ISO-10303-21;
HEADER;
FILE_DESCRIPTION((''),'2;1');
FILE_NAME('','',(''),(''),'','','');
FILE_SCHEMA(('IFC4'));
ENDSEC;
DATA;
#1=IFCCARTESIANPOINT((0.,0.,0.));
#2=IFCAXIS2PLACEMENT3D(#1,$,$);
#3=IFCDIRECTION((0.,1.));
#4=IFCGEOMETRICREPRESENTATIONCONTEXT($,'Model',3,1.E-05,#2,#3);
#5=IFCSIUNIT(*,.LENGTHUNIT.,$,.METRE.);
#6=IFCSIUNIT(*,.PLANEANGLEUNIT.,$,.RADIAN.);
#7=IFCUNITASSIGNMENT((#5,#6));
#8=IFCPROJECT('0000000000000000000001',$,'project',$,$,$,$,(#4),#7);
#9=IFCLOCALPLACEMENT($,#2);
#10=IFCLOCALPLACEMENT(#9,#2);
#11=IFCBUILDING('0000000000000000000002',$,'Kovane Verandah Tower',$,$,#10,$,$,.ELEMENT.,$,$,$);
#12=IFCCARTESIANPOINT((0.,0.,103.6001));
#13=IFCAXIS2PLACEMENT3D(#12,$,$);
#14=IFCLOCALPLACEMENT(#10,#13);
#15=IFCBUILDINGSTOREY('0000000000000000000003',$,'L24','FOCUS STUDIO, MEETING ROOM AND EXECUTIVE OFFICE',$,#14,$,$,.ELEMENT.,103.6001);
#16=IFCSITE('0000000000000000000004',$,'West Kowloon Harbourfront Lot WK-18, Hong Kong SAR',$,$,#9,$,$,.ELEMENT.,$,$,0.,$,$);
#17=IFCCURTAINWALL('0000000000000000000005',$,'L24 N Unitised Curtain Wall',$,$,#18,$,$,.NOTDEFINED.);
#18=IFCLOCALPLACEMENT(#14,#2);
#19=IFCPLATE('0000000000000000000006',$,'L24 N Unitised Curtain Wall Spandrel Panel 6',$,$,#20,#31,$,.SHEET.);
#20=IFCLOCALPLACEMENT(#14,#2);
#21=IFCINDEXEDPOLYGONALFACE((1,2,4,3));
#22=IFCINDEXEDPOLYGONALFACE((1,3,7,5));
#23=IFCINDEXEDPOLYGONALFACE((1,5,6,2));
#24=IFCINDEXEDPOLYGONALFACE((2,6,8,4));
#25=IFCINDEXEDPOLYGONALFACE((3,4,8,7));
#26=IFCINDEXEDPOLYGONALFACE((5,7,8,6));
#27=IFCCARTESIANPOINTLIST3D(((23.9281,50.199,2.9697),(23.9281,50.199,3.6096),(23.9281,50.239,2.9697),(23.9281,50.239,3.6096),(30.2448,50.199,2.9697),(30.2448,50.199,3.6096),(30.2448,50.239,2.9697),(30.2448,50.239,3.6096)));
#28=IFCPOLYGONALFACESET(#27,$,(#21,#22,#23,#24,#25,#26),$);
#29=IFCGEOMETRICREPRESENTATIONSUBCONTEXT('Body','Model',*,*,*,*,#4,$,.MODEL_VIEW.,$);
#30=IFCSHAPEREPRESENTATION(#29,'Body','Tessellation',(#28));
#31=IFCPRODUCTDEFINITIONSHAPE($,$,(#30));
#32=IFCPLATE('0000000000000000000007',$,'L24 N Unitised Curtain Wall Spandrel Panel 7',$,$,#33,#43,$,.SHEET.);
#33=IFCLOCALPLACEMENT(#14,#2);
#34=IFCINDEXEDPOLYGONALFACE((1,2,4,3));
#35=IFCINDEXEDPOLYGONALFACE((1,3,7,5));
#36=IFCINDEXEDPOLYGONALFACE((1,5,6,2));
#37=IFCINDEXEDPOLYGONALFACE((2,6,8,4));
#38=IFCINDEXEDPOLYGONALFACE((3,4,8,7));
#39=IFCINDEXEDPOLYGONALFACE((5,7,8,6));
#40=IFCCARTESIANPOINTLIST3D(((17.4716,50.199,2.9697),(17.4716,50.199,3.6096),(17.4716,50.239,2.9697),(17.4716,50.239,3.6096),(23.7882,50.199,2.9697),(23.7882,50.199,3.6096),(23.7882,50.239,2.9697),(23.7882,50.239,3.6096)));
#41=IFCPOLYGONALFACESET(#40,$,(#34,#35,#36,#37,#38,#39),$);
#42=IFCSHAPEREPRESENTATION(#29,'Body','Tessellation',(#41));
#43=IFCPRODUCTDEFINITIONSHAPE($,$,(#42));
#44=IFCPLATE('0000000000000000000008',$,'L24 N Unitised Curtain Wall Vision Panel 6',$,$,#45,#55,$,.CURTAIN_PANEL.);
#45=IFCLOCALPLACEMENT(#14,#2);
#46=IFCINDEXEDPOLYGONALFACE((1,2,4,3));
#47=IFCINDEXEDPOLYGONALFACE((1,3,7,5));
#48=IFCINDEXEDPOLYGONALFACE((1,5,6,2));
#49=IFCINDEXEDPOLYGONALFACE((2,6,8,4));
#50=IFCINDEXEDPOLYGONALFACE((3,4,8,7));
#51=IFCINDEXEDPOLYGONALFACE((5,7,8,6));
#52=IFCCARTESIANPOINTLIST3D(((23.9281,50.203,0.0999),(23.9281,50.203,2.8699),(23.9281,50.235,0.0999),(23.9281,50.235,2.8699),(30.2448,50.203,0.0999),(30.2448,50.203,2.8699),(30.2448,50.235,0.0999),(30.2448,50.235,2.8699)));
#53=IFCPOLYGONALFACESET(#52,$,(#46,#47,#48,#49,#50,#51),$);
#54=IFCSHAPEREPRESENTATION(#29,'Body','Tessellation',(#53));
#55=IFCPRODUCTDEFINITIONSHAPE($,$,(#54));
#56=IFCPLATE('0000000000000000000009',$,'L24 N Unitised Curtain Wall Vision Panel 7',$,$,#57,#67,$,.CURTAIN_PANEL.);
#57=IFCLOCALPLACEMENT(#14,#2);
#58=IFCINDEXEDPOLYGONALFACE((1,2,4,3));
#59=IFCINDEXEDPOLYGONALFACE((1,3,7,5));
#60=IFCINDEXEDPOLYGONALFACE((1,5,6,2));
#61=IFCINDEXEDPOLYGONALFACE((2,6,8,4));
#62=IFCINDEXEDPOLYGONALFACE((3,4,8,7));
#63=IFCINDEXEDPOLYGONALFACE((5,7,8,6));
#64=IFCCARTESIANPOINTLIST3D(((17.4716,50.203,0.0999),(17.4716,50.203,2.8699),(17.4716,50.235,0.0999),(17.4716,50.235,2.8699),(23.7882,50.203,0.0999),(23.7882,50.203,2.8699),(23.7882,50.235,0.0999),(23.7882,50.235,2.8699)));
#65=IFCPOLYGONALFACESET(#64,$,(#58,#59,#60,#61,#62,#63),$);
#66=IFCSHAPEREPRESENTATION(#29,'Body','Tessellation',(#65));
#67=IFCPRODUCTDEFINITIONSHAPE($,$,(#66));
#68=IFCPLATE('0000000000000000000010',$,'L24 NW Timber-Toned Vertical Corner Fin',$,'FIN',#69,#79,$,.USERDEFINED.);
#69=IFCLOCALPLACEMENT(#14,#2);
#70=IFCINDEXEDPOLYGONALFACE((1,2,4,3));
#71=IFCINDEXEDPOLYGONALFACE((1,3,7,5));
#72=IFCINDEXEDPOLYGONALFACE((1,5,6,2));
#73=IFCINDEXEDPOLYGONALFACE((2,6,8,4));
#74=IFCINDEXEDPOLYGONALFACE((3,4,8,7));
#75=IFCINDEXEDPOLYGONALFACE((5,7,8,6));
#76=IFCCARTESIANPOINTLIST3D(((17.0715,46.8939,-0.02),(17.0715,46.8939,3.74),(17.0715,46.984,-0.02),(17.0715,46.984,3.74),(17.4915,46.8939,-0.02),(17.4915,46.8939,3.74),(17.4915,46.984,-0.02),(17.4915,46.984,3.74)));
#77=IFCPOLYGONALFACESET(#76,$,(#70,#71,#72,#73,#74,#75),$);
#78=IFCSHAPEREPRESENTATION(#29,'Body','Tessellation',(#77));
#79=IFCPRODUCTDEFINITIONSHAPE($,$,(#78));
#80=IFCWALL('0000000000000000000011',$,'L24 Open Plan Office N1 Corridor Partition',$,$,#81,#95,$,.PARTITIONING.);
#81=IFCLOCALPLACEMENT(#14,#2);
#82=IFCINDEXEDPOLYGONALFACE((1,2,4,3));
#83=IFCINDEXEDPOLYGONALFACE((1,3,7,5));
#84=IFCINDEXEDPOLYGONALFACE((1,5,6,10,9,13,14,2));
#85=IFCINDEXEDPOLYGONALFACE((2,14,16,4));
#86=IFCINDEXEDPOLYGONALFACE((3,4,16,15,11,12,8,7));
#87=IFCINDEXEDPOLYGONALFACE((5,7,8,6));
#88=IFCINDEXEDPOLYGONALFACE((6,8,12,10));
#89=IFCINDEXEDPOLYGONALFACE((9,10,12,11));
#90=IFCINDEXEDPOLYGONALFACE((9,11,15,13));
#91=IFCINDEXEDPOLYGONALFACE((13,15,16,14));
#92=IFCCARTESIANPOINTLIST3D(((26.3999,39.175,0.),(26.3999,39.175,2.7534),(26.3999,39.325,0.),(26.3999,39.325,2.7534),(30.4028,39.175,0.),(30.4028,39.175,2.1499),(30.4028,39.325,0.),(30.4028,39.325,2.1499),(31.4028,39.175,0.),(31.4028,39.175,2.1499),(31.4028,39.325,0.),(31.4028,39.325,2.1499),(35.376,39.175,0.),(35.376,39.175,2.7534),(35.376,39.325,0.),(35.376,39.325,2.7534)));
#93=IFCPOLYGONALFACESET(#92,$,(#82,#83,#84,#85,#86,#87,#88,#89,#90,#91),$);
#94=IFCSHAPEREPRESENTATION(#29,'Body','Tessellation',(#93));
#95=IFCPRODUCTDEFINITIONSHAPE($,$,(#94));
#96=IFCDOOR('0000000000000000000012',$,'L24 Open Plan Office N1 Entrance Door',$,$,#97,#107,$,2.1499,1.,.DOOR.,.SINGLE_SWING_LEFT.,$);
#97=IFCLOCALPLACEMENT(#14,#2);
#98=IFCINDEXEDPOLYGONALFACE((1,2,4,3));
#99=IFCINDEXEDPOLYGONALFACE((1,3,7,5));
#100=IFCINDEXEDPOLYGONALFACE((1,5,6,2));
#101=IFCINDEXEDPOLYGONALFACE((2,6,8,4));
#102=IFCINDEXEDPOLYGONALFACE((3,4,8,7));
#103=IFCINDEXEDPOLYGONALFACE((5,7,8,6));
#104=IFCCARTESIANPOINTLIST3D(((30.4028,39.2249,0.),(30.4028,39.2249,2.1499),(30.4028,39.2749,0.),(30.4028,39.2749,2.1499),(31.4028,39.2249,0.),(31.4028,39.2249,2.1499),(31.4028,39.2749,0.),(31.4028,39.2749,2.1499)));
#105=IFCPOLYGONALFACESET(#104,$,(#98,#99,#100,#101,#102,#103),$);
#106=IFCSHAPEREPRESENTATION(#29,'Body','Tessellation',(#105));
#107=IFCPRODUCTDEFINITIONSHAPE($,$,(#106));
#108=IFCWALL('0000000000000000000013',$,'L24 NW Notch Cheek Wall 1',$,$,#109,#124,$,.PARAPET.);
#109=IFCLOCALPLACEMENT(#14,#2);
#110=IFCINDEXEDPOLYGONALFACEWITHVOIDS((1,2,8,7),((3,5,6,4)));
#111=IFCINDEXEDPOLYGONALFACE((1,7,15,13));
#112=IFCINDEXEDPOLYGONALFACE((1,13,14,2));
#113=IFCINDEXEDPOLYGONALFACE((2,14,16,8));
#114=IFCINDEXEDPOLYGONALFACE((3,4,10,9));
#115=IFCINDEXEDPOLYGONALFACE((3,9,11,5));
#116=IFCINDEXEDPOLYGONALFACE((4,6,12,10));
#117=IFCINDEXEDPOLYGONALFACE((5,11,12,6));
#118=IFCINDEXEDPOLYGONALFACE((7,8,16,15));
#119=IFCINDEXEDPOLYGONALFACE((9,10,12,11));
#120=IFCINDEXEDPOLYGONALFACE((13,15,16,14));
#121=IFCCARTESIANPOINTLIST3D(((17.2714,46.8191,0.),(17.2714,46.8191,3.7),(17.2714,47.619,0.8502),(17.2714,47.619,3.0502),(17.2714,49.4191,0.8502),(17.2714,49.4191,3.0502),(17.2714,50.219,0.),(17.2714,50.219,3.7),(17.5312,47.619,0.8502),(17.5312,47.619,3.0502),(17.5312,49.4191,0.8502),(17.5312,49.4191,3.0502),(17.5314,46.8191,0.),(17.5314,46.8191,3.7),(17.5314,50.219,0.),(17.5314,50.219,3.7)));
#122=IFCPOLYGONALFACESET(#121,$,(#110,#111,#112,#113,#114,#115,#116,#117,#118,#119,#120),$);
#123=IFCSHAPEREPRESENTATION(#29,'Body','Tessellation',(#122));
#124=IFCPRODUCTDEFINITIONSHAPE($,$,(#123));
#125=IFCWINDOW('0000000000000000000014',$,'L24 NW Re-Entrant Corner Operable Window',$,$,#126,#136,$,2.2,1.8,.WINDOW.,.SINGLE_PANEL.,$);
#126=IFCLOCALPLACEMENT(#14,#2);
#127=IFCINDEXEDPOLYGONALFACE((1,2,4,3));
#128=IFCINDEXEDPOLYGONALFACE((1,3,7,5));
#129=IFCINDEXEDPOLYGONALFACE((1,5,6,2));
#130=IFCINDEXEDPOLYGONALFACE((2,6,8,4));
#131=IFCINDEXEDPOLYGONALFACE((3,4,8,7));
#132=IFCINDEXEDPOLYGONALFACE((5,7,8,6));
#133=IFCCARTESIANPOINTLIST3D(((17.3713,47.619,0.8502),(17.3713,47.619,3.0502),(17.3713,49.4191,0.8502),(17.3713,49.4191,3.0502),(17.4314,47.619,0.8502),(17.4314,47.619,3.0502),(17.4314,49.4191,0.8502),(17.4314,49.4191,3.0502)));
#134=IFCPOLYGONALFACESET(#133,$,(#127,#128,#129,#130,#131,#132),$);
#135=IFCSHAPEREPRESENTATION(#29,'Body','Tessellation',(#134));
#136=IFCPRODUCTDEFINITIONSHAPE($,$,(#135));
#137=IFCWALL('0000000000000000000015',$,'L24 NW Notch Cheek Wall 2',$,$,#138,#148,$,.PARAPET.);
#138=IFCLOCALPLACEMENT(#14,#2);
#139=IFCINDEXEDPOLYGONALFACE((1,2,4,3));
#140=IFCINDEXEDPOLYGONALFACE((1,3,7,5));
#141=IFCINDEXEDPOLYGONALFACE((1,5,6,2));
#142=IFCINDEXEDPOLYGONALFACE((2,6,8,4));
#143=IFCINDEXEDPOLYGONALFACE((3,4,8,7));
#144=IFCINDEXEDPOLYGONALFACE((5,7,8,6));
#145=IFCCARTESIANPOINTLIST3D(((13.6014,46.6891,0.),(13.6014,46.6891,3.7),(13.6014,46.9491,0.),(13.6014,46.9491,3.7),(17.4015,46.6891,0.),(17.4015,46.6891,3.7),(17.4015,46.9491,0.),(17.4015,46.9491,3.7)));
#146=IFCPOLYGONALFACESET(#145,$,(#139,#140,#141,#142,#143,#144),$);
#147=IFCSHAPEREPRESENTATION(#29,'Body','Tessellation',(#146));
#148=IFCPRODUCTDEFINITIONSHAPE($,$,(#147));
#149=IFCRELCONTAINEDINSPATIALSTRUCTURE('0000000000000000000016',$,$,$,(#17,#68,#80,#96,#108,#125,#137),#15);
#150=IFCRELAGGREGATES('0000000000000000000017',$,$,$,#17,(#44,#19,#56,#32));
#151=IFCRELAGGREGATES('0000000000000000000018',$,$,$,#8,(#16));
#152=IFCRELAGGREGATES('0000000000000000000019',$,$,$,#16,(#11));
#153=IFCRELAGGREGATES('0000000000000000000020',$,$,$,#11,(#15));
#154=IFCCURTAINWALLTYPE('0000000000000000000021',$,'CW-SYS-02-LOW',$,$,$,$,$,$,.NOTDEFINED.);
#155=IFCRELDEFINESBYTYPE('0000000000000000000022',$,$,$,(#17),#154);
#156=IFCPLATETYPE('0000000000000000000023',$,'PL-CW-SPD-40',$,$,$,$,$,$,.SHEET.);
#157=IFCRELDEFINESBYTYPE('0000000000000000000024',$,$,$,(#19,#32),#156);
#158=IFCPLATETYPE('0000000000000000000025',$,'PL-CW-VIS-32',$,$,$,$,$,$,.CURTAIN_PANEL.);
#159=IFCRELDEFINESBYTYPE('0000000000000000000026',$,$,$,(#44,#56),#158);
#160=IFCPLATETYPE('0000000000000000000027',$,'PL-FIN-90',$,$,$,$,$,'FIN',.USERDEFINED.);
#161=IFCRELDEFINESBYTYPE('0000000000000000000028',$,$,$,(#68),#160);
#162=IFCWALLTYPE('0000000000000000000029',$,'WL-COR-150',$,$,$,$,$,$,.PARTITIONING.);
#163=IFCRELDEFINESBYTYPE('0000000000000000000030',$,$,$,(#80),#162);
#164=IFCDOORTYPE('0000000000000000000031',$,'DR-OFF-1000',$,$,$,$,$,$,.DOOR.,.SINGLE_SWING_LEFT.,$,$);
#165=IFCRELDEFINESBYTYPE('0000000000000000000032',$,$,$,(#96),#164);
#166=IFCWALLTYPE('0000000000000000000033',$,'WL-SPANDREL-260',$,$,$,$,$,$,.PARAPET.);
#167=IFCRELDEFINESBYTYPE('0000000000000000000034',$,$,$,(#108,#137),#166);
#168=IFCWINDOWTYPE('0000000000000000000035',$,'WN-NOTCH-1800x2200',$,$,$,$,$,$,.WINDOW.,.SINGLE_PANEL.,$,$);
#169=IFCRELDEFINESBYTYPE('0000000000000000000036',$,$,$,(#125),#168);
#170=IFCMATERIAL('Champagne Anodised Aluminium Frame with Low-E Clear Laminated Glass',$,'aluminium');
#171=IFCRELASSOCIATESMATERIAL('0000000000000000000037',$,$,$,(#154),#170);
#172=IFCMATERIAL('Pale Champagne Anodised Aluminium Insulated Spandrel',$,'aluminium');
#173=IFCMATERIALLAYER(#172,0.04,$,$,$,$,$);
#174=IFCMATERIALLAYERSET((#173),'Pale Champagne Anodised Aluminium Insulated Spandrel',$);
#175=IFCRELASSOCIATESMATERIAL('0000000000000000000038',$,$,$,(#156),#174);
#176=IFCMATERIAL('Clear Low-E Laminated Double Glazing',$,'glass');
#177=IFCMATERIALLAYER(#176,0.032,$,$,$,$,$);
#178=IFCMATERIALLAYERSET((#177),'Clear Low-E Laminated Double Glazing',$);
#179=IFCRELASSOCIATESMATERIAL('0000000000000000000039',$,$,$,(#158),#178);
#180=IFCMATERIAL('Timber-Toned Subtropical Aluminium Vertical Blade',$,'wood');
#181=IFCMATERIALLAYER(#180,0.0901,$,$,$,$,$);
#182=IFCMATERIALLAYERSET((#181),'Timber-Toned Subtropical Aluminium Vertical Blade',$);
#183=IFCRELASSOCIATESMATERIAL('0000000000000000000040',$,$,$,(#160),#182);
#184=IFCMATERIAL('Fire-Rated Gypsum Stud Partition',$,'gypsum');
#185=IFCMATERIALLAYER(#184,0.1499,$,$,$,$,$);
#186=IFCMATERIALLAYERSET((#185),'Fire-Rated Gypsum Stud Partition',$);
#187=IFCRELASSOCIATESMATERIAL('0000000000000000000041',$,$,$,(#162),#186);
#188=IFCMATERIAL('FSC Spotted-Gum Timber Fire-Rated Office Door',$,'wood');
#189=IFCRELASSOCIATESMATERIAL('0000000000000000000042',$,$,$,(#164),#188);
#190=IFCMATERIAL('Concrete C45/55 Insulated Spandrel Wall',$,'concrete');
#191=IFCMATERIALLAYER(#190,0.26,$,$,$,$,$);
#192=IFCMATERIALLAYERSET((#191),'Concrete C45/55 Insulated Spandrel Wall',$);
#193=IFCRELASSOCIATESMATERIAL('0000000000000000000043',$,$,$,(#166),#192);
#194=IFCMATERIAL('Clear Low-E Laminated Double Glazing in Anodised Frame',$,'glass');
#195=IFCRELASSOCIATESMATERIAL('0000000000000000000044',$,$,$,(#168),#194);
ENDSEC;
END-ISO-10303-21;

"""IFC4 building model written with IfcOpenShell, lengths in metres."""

from ifc_helpers import new_model, si_unit, direction, frame, frame_2d, origin, origin_2d, place, context, subcontext, project, spatial, rectangle, extrude, material, layer, layer_set, type_object, element, fill, aggregate, save


model = new_model("IFC4")

# Units and contexts
model_context = context("Model", 3, precision=1e-05, world=origin(), true_north=direction((0.0, 1.0)))
body_context = subcontext(model_context, "Body", "Model", "MODEL_VIEW")
ifc_project = project(units=[si_unit("LENGTHUNIT", "METRE"), si_unit("PLANEANGLEUNIT", "RADIAN")], contexts=[model_context])

# Site, building, storey
site_placement = place(None, origin())
site = spatial("IfcSite", under=ifc_project, at=site_placement, Name="West Kowloon Harbourfront Lot WK-18, Hong Kong SAR", CompositionType="ELEMENT", RefElevation=0.0)
building_placement = place(site_placement, origin())
building = spatial("IfcBuilding", under=site, at=building_placement, Name="Kovane Verandah Tower", CompositionType="ELEMENT")
storey_placement = place(building_placement, frame((0.0, 0.0, 103.6001)))
storey = spatial("IfcBuildingStorey", under=building, at=storey_placement, Name="L24", Description="FOCUS STUDIO, MEETING ROOM AND EXECUTIVE OFFICE", CompositionType="ELEMENT", Elevation=103.6001)

# Curtain wall, plates
ifc_material_1 = material(Name="Champagne Anodised Aluminium Frame with Low-E Clear Laminated Glass", Category="aluminium")
curtain_wall_type = type_object("IfcCurtainWallType", Name="CW-SYS-02-LOW", PredefinedType="NOTDEFINED", material=ifc_material_1)
curtain_wall_placement = place(storey_placement, origin())
curtain_wall = element("IfcCurtainWall", 1, at=curtain_wall_placement, inside=storey, type_object=curtain_wall_type, Name="L24 N Unitised Curtain Wall", PredefinedType="NOTDEFINED")
ifc_material_2 = material(Name="Pale Champagne Anodised Aluminium Insulated Spandrel", Category="aluminium")
ifc_layer_1 = layer(ifc_material_2, 0.04)
ifc_layer_set_1 = layer_set([ifc_layer_1], Name="Pale Champagne Anodised Aluminium Insulated Spandrel")
plate_type_1 = type_object("IfcPlateType", Name="PL-CW-SPD-40", PredefinedType="SHEET", material=ifc_layer_set_1)
plate_1_placement = place(storey_placement, frame((27.0864, 50.219, 2.9697), z_axis=(0.0, 0.0, 1.0), x_axis=(-1.0, 0.0, 0.0)))
plate_1 = element("IfcPlate", 2, at=plate_1_placement, type_object=plate_type_1, Name="L24 N Unitised Curtain Wall Spandrel Panel 6", PredefinedType="SHEET", context=body_context, shape_type="SweptSolid", body=[
    extrude(rectangle(XDim=6.3167, YDim=0.04, at=origin_2d()), origin(), (0.0, 0.0, 1.0), 0.6399),
])
plate_2_placement = place(storey_placement, frame((20.6299, 50.219, 2.9697), z_axis=(0.0, 0.0, 1.0), x_axis=(-1.0, 0.0, 0.0)))
plate_2 = element("IfcPlate", 3, at=plate_2_placement, type_object=plate_type_1, Name="L24 N Unitised Curtain Wall Spandrel Panel 7", PredefinedType="SHEET", context=body_context, shape_type="SweptSolid", body=[
    extrude(rectangle(XDim=6.3167, YDim=0.04, at=origin_2d()), origin(), (0.0, 0.0, 1.0), 0.6399),
])
ifc_material_3 = material(Name="Clear Low-E Laminated Double Glazing", Category="glass")
ifc_layer_2 = layer(ifc_material_3, 0.032)
ifc_layer_set_2 = layer_set([ifc_layer_2], Name="Clear Low-E Laminated Double Glazing")
plate_type_2 = type_object("IfcPlateType", Name="PL-CW-VIS-32", PredefinedType="CURTAIN_PANEL", material=ifc_layer_set_2)
plate_3_placement = place(storey_placement, frame((27.0864, 50.219, 0.0999), z_axis=(0.0, 0.0, 1.0), x_axis=(-1.0, 0.0, 0.0)))
plate_3 = element("IfcPlate", 4, at=plate_3_placement, type_object=plate_type_2, Name="L24 N Unitised Curtain Wall Vision Panel 6", PredefinedType="CURTAIN_PANEL", context=body_context, shape_type="SweptSolid", body=[
    extrude(rectangle(XDim=6.3167, YDim=0.032, at=origin_2d()), origin(), (0.0, 0.0, 1.0), 2.77),
])
plate_4_placement = place(storey_placement, frame((20.6299, 50.219, 0.0999), z_axis=(0.0, 0.0, 1.0), x_axis=(-1.0, 0.0, 0.0)))
plate_4 = element("IfcPlate", 5, at=plate_4_placement, type_object=plate_type_2, Name="L24 N Unitised Curtain Wall Vision Panel 7", PredefinedType="CURTAIN_PANEL", context=body_context, shape_type="SweptSolid", body=[
    extrude(rectangle(XDim=6.3167, YDim=0.032, at=origin_2d()), origin(), (0.0, 0.0, 1.0), 2.77),
])
aggregate(curtain_wall, [plate_3, plate_1, plate_4, plate_2])

# Plate
ifc_material_4 = material(Name="Timber-Toned Subtropical Aluminium Vertical Blade", Category="wood")
ifc_layer_3 = layer(ifc_material_4, 0.0901)
ifc_layer_set_3 = layer_set([ifc_layer_3], Name="Timber-Toned Subtropical Aluminium Vertical Blade")
plate_type_3 = type_object("IfcPlateType", Name="PL-FIN-90", ElementType="FIN", PredefinedType="USERDEFINED", material=ifc_layer_set_3)
plate_5_placement = place(storey_placement, frame((17.2815, 46.939, -0.02), z_axis=(0.0, 0.0, 1.0), x_axis=(1.0, 0.0, 0.0)))
element("IfcPlate", 6, at=plate_5_placement, inside=storey, type_object=plate_type_3, Name="L24 NW Timber-Toned Vertical Corner Fin", ObjectType="FIN", PredefinedType="USERDEFINED", context=body_context, shape_type="SweptSolid", body=[
    extrude(rectangle(XDim=0.4199, YDim=0.0901, at=origin_2d()), origin(), (0.0, 0.0, 1.0), 3.76),
])

# Wall, opening, door
ifc_material_5 = material(Name="Fire-Rated Gypsum Stud Partition", Category="gypsum")
ifc_layer_4 = layer(ifc_material_5, 0.1499)
ifc_layer_set_4 = layer_set([ifc_layer_4], Name="Fire-Rated Gypsum Stud Partition")
wall_type_1 = type_object("IfcWallType", Name="WL-COR-150", PredefinedType="PARTITIONING", material=ifc_layer_set_4)
wall_1_placement = place(storey_placement, frame((26.3999, 39.25, 0.0), z_axis=(0.0, 0.0, 1.0), x_axis=(1.0, 0.0, 0.0)))
wall_1 = element("IfcWall", 7, at=wall_1_placement, inside=storey, type_object=wall_type_1, Name="L24 Open Plan Office N1 Corridor Partition", PredefinedType="PARTITIONING", context=body_context, shape_type="SweptSolid", body=[
    extrude(rectangle(XDim=8.9761, YDim=0.1499, at=frame_2d((4.488, 0.0))), origin(), (0.0, 0.0, 1.0), 2.7534),
])
opening_1_placement = place(wall_1_placement, frame((4.0029, 0.0, 0.0)))
opening_1 = element("IfcOpeningElement", 8, at=opening_1_placement, cuts=wall_1, PredefinedType="OPENING", context=body_context, shape_type="SweptSolid", body=[
    extrude(rectangle(XDim=1.0, YDim=2.1499, at=frame_2d((0.5, 1.075))), frame((0.0, 0.075, 0.0), z_axis=(0.0, -1.0, 0.0), x_axis=(1.0, 0.0, 0.0)), (0.0, 0.0, 1.0), 0.1499),
])
ifc_material_6 = material(Name="FSC Spotted-Gum Timber Fire-Rated Office Door", Category="wood")
door_type_1 = type_object("IfcDoorType", Name="DR-OFF-1000", OperationType="SINGLE_SWING_LEFT", PredefinedType="DOOR", material=ifc_material_6)
door_1_placement = place(opening_1_placement, origin())
door_1 = element("IfcDoor", 9, at=door_1_placement, inside=storey, type_object=door_type_1, Name="L24 Open Plan Office N1 Entrance Door", OperationType="SINGLE_SWING_LEFT", OverallHeight=2.1499, OverallWidth=1.0, PredefinedType="DOOR", context=body_context, shape_type="SweptSolid", body=[
    extrude(rectangle(XDim=1.0, YDim=2.1499, at=frame_2d((0.5, 1.075))), frame((0.0, 0.0249, 0.0), z_axis=(0.0, -1.0, 0.0), x_axis=(1.0, 0.0, 0.0)), (0.0, 0.0, 1.0), 0.05),
])
fill(opening_1, door_1)

# Shared definitions
ifc_material_7 = material(Name="Concrete C45/55 Insulated Spandrel Wall", Category="concrete")
ifc_layer_5 = layer(ifc_material_7, 0.26)
ifc_layer_set_5 = layer_set([ifc_layer_5], Name="Concrete C45/55 Insulated Spandrel Wall")
wall_type_2 = type_object("IfcWallType", Name="WL-SPANDREL-260", PredefinedType="PARAPET", material=ifc_layer_set_5)
ifc_material_8 = material(Name="Clear Low-E Laminated Double Glazing in Anodised Frame", Category="glass")
window_type = type_object("IfcWindowType", Name="WN-NOTCH-1800x2200", PartitioningType="SINGLE_PANEL", PredefinedType="WINDOW", material=ifc_material_8)

# Wall, opening, window
wall_2_placement = place(storey_placement, frame((17.4014, 50.219, 0.0), z_axis=(0.0, 0.0, 1.0), x_axis=(0.0, -1.0, 0.0)))
wall_2 = element("IfcWall", 10, at=wall_2_placement, inside=storey, type_object=wall_type_2, Name="L24 NW Notch Cheek Wall 1", PredefinedType="PARAPET", context=body_context, shape_type="SweptSolid", body=[
    extrude(rectangle(XDim=3.3999, YDim=0.26, at=frame_2d((1.7, 0.0))), origin(), (0.0, 0.0, 1.0), 3.7),
])
opening_2_placement = place(wall_2_placement, frame((0.8, 0.0, 0.8501)))
opening_2 = element("IfcOpeningElement", 11, at=opening_2_placement, cuts=wall_2, PredefinedType="OPENING", context=body_context, shape_type="SweptSolid", body=[
    extrude(rectangle(XDim=1.8, YDim=2.2, at=frame_2d((0.8999, 1.1001))), frame((0.0, 0.1299, 0.0), z_axis=(0.0, -1.0, 0.0), x_axis=(1.0, 0.0, 0.0)), (0.0, 0.0, 1.0), 0.26),
])
window_1_placement = place(opening_2_placement, origin())
window_1 = element("IfcWindow", 12, at=window_1_placement, inside=storey, type_object=window_type, Name="L24 NW Re-Entrant Corner Operable Window", OverallHeight=2.2, OverallWidth=1.8, PartitioningType="SINGLE_PANEL", PredefinedType="WINDOW", context=body_context, shape_type="SweptSolid", body=[
    extrude(rectangle(XDim=1.8, YDim=2.2, at=frame_2d((0.8999, 1.1001))), frame((0.0, 0.03, 0.0), z_axis=(0.0, -1.0, 0.0), x_axis=(1.0, 0.0, 0.0)), (0.0, 0.0, 1.0), 0.0601),
])
fill(opening_2, window_1)

# Wall
wall_3_placement = place(storey_placement, frame((17.4014, 46.8191, 0.0), z_axis=(0.0, 0.0, 1.0), x_axis=(-1.0, 0.0, 0.0)))
element("IfcWall", 13, at=wall_3_placement, inside=storey, type_object=wall_type_2, Name="L24 NW Notch Cheek Wall 2", PredefinedType="PARAPET", context=body_context, shape_type="SweptSolid", body=[
    extrude(rectangle(XDim=3.8, YDim=0.26, at=frame_2d((1.8999, 0.0))), origin(), (0.0, 0.0, 1.0), 3.7),
])

save(model, "model.ifc")
